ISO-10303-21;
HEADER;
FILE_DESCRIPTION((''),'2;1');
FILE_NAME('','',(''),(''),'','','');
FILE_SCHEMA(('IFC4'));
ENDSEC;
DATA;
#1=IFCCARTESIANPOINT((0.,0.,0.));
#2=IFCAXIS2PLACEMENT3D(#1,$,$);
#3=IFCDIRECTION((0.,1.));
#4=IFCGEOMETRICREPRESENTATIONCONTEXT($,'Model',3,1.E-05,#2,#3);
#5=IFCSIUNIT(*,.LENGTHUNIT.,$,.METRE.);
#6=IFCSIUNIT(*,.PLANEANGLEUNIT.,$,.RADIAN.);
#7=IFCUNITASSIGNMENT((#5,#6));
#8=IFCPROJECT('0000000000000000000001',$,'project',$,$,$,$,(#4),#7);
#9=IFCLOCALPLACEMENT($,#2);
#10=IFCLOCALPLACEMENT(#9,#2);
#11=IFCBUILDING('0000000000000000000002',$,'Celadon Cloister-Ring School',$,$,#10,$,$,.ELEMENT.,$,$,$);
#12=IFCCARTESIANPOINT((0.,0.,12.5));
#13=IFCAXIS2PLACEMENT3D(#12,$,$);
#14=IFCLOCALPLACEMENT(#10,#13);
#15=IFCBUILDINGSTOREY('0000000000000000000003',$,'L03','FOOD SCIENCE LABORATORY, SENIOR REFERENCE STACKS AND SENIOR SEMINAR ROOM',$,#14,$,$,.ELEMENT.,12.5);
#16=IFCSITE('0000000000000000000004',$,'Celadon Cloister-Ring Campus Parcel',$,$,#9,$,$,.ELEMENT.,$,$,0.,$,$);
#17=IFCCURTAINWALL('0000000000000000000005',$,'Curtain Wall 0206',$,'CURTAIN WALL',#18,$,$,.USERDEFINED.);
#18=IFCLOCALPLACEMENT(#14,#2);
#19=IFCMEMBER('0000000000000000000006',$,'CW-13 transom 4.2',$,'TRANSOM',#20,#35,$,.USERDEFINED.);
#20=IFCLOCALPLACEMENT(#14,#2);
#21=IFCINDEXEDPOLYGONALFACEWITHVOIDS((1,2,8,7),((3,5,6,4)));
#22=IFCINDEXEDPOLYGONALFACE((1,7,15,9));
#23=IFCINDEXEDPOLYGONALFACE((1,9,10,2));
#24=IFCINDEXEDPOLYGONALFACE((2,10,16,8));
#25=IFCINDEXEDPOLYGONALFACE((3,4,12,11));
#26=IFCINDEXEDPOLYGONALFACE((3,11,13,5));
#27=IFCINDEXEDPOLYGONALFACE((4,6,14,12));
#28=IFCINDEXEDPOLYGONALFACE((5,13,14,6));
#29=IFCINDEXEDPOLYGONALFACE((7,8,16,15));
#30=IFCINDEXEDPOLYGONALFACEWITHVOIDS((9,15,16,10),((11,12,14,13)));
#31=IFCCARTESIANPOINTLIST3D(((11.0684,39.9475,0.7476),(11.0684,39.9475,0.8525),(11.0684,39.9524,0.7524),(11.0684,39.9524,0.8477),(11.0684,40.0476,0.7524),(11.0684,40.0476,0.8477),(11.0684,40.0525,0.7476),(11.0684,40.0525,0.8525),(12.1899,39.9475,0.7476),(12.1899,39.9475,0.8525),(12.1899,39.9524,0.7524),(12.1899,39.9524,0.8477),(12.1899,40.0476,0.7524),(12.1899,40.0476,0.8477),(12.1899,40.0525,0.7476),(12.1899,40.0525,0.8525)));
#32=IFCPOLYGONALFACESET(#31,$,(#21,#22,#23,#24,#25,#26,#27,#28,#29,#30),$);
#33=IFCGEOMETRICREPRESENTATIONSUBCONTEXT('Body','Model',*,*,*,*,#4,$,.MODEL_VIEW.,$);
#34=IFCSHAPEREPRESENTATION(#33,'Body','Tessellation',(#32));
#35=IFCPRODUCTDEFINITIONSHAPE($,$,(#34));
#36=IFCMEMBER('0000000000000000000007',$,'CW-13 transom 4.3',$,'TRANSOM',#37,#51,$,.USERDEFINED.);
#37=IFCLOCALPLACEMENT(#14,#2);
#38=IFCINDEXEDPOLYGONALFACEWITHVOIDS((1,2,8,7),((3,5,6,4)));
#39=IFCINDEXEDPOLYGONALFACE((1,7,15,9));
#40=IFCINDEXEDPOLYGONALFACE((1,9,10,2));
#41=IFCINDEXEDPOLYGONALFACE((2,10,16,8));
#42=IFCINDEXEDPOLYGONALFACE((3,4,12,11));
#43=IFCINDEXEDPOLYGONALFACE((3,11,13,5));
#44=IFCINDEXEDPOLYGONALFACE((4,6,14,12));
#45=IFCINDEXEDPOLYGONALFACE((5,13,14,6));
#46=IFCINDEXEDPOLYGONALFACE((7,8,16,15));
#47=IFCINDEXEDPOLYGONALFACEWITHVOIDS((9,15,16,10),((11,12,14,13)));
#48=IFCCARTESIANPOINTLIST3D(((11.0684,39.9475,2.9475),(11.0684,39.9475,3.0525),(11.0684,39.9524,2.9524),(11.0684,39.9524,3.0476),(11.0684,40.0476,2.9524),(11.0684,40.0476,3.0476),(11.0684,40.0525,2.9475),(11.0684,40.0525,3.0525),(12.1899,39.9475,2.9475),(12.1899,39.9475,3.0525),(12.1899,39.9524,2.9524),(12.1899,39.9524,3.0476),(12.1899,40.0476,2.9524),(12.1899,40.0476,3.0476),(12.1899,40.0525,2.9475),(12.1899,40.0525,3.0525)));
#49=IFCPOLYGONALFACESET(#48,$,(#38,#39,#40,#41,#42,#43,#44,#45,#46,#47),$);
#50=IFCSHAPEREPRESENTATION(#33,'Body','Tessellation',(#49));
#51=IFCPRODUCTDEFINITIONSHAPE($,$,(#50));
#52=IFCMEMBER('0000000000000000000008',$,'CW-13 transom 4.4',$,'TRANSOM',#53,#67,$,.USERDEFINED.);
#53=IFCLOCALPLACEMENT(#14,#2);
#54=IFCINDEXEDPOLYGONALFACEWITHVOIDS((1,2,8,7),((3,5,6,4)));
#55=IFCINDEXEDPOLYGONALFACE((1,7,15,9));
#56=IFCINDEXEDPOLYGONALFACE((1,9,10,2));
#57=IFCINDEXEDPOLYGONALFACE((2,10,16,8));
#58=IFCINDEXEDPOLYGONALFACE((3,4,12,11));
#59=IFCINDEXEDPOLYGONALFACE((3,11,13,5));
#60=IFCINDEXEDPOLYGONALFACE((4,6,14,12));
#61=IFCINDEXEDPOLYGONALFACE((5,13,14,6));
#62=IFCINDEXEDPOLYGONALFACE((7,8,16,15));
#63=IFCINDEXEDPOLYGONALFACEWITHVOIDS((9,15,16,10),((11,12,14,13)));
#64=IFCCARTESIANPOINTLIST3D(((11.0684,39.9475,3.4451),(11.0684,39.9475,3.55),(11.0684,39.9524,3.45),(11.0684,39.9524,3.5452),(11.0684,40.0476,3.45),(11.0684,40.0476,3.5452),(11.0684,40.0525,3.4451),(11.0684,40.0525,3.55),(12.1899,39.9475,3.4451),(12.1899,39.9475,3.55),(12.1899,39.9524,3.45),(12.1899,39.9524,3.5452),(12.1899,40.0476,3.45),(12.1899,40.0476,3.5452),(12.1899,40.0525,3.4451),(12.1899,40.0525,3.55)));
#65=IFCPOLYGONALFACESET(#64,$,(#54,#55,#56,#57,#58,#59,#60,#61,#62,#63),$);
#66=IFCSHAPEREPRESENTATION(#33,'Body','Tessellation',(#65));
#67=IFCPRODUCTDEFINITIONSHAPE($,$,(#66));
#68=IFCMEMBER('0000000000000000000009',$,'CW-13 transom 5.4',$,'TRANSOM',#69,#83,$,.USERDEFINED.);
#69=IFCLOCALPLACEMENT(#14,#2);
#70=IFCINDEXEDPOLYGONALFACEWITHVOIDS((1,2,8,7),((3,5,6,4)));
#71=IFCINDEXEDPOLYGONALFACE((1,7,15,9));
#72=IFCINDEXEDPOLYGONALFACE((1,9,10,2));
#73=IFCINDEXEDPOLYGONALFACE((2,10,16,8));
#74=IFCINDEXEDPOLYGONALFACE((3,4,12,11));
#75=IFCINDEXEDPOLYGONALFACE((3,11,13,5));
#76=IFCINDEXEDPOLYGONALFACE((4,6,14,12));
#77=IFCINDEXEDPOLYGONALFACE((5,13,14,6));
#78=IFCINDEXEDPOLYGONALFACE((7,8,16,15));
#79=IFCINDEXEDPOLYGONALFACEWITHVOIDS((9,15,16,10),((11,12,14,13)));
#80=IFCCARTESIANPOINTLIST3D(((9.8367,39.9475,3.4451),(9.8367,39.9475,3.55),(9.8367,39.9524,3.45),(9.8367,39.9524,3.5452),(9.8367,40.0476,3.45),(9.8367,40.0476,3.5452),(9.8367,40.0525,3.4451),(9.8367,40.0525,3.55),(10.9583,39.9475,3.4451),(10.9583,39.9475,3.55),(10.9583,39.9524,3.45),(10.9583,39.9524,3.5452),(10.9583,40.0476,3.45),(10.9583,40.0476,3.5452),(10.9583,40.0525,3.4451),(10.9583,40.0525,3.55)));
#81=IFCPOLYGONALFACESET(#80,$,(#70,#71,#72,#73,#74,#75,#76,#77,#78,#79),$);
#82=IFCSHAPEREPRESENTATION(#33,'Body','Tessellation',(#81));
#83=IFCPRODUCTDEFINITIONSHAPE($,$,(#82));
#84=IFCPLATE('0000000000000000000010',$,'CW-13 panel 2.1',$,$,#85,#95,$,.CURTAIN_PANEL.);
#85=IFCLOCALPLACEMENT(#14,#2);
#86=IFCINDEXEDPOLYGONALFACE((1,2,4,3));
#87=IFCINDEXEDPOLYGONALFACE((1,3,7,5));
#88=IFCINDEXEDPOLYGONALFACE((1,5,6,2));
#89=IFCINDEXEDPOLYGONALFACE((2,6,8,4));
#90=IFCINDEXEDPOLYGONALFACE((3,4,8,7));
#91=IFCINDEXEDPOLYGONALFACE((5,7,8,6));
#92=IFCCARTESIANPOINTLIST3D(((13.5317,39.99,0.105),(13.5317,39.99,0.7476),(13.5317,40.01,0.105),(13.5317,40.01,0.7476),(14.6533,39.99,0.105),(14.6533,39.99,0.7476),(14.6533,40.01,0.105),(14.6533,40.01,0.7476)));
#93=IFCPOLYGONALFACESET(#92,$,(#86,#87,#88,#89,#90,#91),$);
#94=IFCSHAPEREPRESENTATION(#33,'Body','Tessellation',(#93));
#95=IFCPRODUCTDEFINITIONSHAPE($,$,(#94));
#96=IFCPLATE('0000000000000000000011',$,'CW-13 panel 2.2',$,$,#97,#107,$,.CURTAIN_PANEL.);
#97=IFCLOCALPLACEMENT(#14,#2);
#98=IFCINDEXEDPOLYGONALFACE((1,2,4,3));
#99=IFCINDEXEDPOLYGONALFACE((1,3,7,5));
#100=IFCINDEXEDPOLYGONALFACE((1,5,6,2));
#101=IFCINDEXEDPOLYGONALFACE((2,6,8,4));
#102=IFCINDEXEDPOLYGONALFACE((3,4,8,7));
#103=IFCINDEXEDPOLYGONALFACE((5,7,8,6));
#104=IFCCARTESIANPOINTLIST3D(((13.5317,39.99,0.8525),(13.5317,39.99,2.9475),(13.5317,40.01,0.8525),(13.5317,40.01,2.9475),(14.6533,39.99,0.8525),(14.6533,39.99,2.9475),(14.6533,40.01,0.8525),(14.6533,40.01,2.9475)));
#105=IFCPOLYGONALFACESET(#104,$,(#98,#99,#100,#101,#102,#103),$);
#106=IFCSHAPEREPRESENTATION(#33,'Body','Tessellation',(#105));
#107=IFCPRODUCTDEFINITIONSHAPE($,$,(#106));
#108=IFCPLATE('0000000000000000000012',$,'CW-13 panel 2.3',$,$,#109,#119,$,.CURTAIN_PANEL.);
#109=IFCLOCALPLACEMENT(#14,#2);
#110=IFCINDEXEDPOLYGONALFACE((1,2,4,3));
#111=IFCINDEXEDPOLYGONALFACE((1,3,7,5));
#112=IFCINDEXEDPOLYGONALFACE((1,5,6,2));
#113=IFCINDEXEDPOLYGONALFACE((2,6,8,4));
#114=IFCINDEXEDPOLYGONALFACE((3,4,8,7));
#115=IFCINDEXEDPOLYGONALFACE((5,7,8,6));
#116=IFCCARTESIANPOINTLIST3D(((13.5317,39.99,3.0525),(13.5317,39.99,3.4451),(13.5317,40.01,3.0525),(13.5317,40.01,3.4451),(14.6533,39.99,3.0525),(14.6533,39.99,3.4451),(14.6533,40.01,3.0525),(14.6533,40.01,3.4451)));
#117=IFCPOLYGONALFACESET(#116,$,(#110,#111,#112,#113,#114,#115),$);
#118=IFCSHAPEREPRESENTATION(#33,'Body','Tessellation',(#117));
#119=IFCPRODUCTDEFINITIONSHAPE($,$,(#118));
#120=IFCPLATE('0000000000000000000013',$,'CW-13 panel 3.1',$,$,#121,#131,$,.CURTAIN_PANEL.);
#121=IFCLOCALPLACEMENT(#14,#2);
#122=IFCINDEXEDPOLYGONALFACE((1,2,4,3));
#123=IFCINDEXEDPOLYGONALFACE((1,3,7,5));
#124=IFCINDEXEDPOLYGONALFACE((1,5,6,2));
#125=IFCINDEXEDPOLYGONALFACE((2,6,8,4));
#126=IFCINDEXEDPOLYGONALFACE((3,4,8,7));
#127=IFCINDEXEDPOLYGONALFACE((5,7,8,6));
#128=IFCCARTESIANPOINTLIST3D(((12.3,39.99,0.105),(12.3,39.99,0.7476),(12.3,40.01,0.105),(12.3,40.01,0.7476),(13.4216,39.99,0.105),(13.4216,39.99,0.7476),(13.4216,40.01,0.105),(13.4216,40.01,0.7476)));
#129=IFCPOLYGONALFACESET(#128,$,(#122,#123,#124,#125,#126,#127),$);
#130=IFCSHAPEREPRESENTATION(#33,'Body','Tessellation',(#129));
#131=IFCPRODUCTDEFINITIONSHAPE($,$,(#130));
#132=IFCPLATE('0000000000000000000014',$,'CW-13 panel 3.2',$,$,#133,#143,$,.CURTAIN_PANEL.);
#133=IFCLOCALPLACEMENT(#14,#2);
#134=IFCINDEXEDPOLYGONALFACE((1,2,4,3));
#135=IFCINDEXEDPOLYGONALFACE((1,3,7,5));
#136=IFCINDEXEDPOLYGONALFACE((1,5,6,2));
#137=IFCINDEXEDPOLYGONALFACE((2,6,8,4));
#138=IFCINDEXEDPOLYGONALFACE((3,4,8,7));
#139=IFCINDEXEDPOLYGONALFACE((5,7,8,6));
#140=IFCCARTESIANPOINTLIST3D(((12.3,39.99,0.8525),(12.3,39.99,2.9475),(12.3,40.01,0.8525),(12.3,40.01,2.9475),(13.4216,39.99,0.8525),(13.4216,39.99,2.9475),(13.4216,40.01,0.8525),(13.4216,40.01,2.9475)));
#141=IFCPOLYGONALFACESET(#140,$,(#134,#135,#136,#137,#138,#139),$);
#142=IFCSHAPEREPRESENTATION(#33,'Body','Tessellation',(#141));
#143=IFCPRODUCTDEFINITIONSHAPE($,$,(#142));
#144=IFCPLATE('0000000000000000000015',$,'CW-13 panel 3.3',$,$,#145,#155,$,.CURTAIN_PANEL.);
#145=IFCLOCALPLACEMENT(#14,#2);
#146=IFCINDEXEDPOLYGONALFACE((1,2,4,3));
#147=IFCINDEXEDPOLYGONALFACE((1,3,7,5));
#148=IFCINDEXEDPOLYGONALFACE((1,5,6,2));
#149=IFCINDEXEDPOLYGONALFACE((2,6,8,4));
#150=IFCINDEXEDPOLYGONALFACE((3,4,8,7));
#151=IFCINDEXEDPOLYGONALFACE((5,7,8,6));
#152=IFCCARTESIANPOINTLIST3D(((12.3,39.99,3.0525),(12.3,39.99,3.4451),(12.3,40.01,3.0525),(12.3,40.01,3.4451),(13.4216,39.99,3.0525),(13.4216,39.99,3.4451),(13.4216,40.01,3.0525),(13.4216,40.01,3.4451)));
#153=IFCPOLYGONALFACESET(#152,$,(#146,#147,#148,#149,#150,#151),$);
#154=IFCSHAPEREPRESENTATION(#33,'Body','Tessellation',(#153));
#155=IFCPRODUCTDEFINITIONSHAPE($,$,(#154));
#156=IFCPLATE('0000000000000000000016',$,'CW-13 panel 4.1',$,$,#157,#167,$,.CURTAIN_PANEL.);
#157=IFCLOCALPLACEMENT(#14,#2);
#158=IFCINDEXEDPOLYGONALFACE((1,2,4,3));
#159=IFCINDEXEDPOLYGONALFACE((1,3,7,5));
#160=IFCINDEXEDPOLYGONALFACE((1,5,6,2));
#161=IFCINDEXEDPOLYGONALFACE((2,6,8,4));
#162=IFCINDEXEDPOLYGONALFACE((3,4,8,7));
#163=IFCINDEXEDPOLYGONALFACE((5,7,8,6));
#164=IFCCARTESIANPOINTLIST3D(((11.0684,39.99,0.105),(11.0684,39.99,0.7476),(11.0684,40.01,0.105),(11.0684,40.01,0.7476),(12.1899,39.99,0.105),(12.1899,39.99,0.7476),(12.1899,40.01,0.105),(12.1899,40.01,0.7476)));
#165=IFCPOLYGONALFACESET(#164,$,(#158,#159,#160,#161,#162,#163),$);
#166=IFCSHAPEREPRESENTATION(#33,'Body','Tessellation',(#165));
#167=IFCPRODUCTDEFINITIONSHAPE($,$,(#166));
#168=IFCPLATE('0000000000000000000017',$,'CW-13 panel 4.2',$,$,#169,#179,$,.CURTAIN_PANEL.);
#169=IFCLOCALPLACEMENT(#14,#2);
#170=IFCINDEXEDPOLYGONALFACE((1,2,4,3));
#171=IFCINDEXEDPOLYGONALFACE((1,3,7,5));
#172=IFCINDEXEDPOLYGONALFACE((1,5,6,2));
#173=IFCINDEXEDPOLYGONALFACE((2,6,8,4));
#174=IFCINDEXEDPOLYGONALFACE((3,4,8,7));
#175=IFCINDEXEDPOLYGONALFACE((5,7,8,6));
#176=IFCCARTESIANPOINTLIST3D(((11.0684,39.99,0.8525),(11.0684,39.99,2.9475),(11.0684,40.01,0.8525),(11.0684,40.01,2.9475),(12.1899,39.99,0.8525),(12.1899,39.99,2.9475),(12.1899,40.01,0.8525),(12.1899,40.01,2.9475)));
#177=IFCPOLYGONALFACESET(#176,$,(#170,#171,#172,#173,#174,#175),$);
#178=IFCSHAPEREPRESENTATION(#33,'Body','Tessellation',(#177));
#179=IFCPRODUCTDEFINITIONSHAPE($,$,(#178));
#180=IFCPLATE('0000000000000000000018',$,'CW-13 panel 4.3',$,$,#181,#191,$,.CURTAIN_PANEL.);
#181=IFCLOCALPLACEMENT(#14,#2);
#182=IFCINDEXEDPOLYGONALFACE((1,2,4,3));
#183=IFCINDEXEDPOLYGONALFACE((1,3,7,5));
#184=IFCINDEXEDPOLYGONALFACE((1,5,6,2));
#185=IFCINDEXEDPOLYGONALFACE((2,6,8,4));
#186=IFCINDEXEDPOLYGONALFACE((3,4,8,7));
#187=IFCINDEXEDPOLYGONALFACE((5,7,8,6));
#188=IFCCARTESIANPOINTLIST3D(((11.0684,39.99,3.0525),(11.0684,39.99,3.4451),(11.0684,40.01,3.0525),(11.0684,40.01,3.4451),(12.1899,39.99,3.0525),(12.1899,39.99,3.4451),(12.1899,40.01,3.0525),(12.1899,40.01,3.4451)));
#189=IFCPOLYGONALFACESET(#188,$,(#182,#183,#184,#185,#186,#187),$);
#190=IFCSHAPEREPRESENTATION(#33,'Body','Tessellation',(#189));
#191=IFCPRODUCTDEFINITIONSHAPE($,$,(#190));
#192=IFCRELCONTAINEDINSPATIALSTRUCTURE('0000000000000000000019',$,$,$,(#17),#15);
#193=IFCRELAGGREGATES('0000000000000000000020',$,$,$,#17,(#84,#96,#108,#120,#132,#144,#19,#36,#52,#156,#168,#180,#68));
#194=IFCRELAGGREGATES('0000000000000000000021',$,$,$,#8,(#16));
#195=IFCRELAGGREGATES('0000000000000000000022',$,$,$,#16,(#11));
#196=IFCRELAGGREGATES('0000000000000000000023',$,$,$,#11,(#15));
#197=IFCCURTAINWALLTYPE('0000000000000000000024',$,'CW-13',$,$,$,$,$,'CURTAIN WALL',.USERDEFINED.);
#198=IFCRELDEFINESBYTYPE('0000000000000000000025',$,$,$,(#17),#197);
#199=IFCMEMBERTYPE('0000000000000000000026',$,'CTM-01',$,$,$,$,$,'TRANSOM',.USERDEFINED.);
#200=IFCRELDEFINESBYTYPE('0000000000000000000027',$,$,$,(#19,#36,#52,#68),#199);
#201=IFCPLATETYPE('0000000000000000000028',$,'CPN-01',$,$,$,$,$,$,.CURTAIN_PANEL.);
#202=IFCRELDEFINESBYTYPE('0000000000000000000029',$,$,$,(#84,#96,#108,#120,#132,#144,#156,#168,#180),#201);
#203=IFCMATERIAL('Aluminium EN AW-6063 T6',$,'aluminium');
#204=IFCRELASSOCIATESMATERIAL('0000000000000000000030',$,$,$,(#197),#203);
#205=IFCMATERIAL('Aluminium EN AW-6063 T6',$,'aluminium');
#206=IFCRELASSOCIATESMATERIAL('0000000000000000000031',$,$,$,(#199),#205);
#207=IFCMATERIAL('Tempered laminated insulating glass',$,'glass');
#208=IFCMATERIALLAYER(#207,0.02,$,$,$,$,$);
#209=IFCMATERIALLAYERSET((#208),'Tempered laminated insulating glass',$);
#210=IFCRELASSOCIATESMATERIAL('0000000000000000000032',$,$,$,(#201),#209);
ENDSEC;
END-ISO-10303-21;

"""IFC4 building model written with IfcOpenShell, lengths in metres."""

from ifc_helpers import new_model, si_unit, direction, frame, origin, origin_2d, place, context, subcontext, project, spatial, rectangle, hollow_rectangle, extrude, material, layer, layer_set, material_profile, profile_set, type_object, element, aggregate, save


model = new_model("IFC4")

# Units and contexts
model_context = context("Model", 3, precision=1e-05, world=origin(), true_north=direction((0.0, 1.0)))
body_context = subcontext(model_context, "Body", "Model", "MODEL_VIEW")
ifc_project = project(units=[si_unit("LENGTHUNIT", "METRE"), si_unit("PLANEANGLEUNIT", "RADIAN")], contexts=[model_context])

# Site, building, storey
site_placement = place(None, origin())
site = spatial("IfcSite", under=ifc_project, at=site_placement, Name="Celadon Cloister-Ring Campus Parcel", CompositionType="ELEMENT", RefElevation=0.0)
building_placement = place(site_placement, origin())
building = spatial("IfcBuilding", under=site, at=building_placement, Name="Celadon Cloister-Ring School", CompositionType="ELEMENT")
storey_placement = place(building_placement, frame((0.0, 0.0, 12.5)))
storey = spatial("IfcBuildingStorey", under=building, at=storey_placement, Name="L03", Description="FOOD SCIENCE LABORATORY, SENIOR REFERENCE STACKS AND SENIOR SEMINAR ROOM", CompositionType="ELEMENT", Elevation=12.5)

# Curtain wall, members, plates
ifc_material_1 = material(Name="Aluminium EN AW-6063 T6", Category="aluminium")
curtain_wall_type = type_object("IfcCurtainWallType", Name="CW-13", ElementType="CURTAIN WALL", PredefinedType="USERDEFINED", material=ifc_material_1)
curtain_wall_placement = place(storey_placement, origin())
curtain_wall = element("IfcCurtainWall", 1, at=curtain_wall_placement, inside=storey, type_object=curtain_wall_type, Name="Curtain Wall 0206", ObjectType="CURTAIN WALL", PredefinedType="USERDEFINED")
ifc_material_2 = material(Name="Aluminium EN AW-6063 T6", Category="aluminium")
ifc_material_profile_1 = material_profile(ifc_material_2, hollow_rectangle(XDim=0.105, YDim=0.105, WallThickness=0.0049, at=origin_2d()), Name="RHS105X105X5")
ifc_profile_set_1 = profile_set([ifc_material_profile_1], Name="Aluminium EN AW-6063 T6")
member_type_1 = type_object("IfcMemberType", Name="CTM-01", ElementType="TRANSOM", PredefinedType="USERDEFINED", material=ifc_profile_set_1)
member_1_placement = place(storey_placement, frame((12.1899, 40.0, 0.8), z_axis=(-1.0, 0.0, 0.0), x_axis=(0.0, -1.0, 0.0)))
member_1 = element("IfcMember", 2, at=member_1_placement, type_object=member_type_1, Name="CW-13 transom 4.2", ObjectType="TRANSOM", PredefinedType="USERDEFINED", context=body_context, shape_type="SweptSolid", body=[
    extrude(hollow_rectangle(XDim=0.105, YDim=0.105, WallThickness=0.0049, at=origin_2d()), origin(), (0.0, 0.0, 1.0), 1.1216),
])
member_2_placement = place(storey_placement, frame((12.1899, 40.0, 3.0), z_axis=(-1.0, 0.0, 0.0), x_axis=(0.0, -1.0, 0.0)))
member_2 = element("IfcMember", 3, at=member_2_placement, type_object=member_type_1, Name="CW-13 transom 4.3", ObjectType="TRANSOM", PredefinedType="USERDEFINED", context=body_context, shape_type="SweptSolid", body=[
    extrude(hollow_rectangle(XDim=0.105, YDim=0.105, WallThickness=0.0049, at=origin_2d()), origin(), (0.0, 0.0, 1.0), 1.1216),
])
member_3_placement = place(storey_placement, frame((12.1899, 40.0, 3.4976), z_axis=(-1.0, 0.0, 0.0), x_axis=(0.0, -1.0, 0.0)))
member_3 = element("IfcMember", 4, at=member_3_placement, type_object=member_type_1, Name="CW-13 transom 4.4", ObjectType="TRANSOM", PredefinedType="USERDEFINED", context=body_context, shape_type="SweptSolid", body=[
    extrude(hollow_rectangle(XDim=0.105, YDim=0.105, WallThickness=0.0049, at=origin_2d()), origin(), (0.0, 0.0, 1.0), 1.1216),
])
member_4_placement = place(storey_placement, frame((10.9583, 40.0, 3.4976), z_axis=(-1.0, 0.0, 0.0), x_axis=(0.0, -1.0, 0.0)))
member_4 = element("IfcMember", 5, at=member_4_placement, type_object=member_type_1, Name="CW-13 transom 5.4", ObjectType="TRANSOM", PredefinedType="USERDEFINED", context=body_context, shape_type="SweptSolid", body=[
    extrude(hollow_rectangle(XDim=0.105, YDim=0.105, WallThickness=0.0049, at=origin_2d()), origin(), (0.0, 0.0, 1.0), 1.1216),
])
ifc_material_3 = material(Name="Tempered laminated insulating glass", Category="glass")
ifc_layer = layer(ifc_material_3, 0.02)
ifc_layer_set = layer_set([ifc_layer], Name="Tempered laminated insulating glass")
plate_type = type_object("IfcPlateType", Name="CPN-01", PredefinedType="CURTAIN_PANEL", material=ifc_layer_set)
plate_1_placement = place(storey_placement, frame((14.0925, 40.0, 0.105), z_axis=(0.0, 0.0, 1.0), x_axis=(-1.0, 0.0, 0.0)))
plate_1 = element("IfcPlate", 6, at=plate_1_placement, type_object=plate_type, Name="CW-13 panel 2.1", PredefinedType="CURTAIN_PANEL", context=body_context, shape_type="SweptSolid", body=[
    extrude(rectangle(XDim=1.1216, YDim=0.02, at=origin_2d()), origin(), (0.0, 0.0, 1.0), 0.6426),
])
plate_2_placement = place(storey_placement, frame((14.0925, 40.0, 0.8525), z_axis=(0.0, 0.0, 1.0), x_axis=(-1.0, 0.0, 0.0)))
plate_2 = element("IfcPlate", 7, at=plate_2_placement, type_object=plate_type, Name="CW-13 panel 2.2", PredefinedType="CURTAIN_PANEL", context=body_context, shape_type="SweptSolid", body=[
    extrude(rectangle(XDim=1.1216, YDim=0.02, at=origin_2d()), origin(), (0.0, 0.0, 1.0), 2.095),
])
plate_3_placement = place(storey_placement, frame((14.0925, 40.0, 3.0525), z_axis=(0.0, 0.0, 1.0), x_axis=(-1.0, 0.0, 0.0)))
plate_3 = element("IfcPlate", 8, at=plate_3_placement, type_object=plate_type, Name="CW-13 panel 2.3", PredefinedType="CURTAIN_PANEL", context=body_context, shape_type="SweptSolid", body=[
    extrude(rectangle(XDim=1.1216, YDim=0.02, at=origin_2d()), origin(), (0.0, 0.0, 1.0), 0.3926),
])
plate_4_placement = place(storey_placement, frame((12.8608, 40.0, 0.105), z_axis=(0.0, 0.0, 1.0), x_axis=(-1.0, 0.0, 0.0)))
plate_4 = element("IfcPlate", 9, at=plate_4_placement, type_object=plate_type, Name="CW-13 panel 3.1", PredefinedType="CURTAIN_PANEL", context=body_context, shape_type="SweptSolid", body=[
    extrude(rectangle(XDim=1.1216, YDim=0.02, at=origin_2d()), origin(), (0.0, 0.0, 1.0), 0.6426),
])
plate_5_placement = place(storey_placement, frame((12.8608, 40.0, 0.8525), z_axis=(0.0, 0.0, 1.0), x_axis=(-1.0, 0.0, 0.0)))
plate_5 = element("IfcPlate", 10, at=plate_5_placement, type_object=plate_type, Name="CW-13 panel 3.2", PredefinedType="CURTAIN_PANEL", context=body_context, shape_type="SweptSolid", body=[
    extrude(rectangle(XDim=1.1216, YDim=0.02, at=origin_2d()), origin(), (0.0, 0.0, 1.0), 2.095),
])
plate_6_placement = place(storey_placement, frame((12.8608, 40.0, 3.0525), z_axis=(0.0, 0.0, 1.0), x_axis=(-1.0, 0.0, 0.0)))
plate_6 = element("IfcPlate", 11, at=plate_6_placement, type_object=plate_type, Name="CW-13 panel 3.3", PredefinedType="CURTAIN_PANEL", context=body_context, shape_type="SweptSolid", body=[
    extrude(rectangle(XDim=1.1216, YDim=0.02, at=origin_2d()), origin(), (0.0, 0.0, 1.0), 0.3926),
])
plate_7_placement = place(storey_placement, frame((11.6292, 40.0, 0.105), z_axis=(0.0, 0.0, 1.0), x_axis=(-1.0, 0.0, 0.0)))
plate_7 = element("IfcPlate", 12, at=plate_7_placement, type_object=plate_type, Name="CW-13 panel 4.1", PredefinedType="CURTAIN_PANEL", context=body_context, shape_type="SweptSolid", body=[
    extrude(rectangle(XDim=1.1216, YDim=0.02, at=origin_2d()), origin(), (0.0, 0.0, 1.0), 0.6426),
])
plate_8_placement = place(storey_placement, frame((11.6292, 40.0, 0.8525), z_axis=(0.0, 0.0, 1.0), x_axis=(-1.0, 0.0, 0.0)))
plate_8 = element("IfcPlate", 13, at=plate_8_placement, type_object=plate_type, Name="CW-13 panel 4.2", PredefinedType="CURTAIN_PANEL", context=body_context, shape_type="SweptSolid", body=[
    extrude(rectangle(XDim=1.1216, YDim=0.02, at=origin_2d()), origin(), (0.0, 0.0, 1.0), 2.095),
])
plate_9_placement = place(storey_placement, frame((11.6292, 40.0, 3.0525), z_axis=(0.0, 0.0, 1.0), x_axis=(-1.0, 0.0, 0.0)))
plate_9 = element("IfcPlate", 14, at=plate_9_placement, type_object=plate_type, Name="CW-13 panel 4.3", PredefinedType="CURTAIN_PANEL", context=body_context, shape_type="SweptSolid", body=[
    extrude(rectangle(XDim=1.1216, YDim=0.02, at=origin_2d()), origin(), (0.0, 0.0, 1.0), 0.3926),
])
aggregate(curtain_wall, [plate_1, plate_2, plate_3, plate_4, plate_5, plate_6, member_1, member_2, member_3, plate_7, plate_8, plate_9, member_4])

save(model, "model.ifc")
